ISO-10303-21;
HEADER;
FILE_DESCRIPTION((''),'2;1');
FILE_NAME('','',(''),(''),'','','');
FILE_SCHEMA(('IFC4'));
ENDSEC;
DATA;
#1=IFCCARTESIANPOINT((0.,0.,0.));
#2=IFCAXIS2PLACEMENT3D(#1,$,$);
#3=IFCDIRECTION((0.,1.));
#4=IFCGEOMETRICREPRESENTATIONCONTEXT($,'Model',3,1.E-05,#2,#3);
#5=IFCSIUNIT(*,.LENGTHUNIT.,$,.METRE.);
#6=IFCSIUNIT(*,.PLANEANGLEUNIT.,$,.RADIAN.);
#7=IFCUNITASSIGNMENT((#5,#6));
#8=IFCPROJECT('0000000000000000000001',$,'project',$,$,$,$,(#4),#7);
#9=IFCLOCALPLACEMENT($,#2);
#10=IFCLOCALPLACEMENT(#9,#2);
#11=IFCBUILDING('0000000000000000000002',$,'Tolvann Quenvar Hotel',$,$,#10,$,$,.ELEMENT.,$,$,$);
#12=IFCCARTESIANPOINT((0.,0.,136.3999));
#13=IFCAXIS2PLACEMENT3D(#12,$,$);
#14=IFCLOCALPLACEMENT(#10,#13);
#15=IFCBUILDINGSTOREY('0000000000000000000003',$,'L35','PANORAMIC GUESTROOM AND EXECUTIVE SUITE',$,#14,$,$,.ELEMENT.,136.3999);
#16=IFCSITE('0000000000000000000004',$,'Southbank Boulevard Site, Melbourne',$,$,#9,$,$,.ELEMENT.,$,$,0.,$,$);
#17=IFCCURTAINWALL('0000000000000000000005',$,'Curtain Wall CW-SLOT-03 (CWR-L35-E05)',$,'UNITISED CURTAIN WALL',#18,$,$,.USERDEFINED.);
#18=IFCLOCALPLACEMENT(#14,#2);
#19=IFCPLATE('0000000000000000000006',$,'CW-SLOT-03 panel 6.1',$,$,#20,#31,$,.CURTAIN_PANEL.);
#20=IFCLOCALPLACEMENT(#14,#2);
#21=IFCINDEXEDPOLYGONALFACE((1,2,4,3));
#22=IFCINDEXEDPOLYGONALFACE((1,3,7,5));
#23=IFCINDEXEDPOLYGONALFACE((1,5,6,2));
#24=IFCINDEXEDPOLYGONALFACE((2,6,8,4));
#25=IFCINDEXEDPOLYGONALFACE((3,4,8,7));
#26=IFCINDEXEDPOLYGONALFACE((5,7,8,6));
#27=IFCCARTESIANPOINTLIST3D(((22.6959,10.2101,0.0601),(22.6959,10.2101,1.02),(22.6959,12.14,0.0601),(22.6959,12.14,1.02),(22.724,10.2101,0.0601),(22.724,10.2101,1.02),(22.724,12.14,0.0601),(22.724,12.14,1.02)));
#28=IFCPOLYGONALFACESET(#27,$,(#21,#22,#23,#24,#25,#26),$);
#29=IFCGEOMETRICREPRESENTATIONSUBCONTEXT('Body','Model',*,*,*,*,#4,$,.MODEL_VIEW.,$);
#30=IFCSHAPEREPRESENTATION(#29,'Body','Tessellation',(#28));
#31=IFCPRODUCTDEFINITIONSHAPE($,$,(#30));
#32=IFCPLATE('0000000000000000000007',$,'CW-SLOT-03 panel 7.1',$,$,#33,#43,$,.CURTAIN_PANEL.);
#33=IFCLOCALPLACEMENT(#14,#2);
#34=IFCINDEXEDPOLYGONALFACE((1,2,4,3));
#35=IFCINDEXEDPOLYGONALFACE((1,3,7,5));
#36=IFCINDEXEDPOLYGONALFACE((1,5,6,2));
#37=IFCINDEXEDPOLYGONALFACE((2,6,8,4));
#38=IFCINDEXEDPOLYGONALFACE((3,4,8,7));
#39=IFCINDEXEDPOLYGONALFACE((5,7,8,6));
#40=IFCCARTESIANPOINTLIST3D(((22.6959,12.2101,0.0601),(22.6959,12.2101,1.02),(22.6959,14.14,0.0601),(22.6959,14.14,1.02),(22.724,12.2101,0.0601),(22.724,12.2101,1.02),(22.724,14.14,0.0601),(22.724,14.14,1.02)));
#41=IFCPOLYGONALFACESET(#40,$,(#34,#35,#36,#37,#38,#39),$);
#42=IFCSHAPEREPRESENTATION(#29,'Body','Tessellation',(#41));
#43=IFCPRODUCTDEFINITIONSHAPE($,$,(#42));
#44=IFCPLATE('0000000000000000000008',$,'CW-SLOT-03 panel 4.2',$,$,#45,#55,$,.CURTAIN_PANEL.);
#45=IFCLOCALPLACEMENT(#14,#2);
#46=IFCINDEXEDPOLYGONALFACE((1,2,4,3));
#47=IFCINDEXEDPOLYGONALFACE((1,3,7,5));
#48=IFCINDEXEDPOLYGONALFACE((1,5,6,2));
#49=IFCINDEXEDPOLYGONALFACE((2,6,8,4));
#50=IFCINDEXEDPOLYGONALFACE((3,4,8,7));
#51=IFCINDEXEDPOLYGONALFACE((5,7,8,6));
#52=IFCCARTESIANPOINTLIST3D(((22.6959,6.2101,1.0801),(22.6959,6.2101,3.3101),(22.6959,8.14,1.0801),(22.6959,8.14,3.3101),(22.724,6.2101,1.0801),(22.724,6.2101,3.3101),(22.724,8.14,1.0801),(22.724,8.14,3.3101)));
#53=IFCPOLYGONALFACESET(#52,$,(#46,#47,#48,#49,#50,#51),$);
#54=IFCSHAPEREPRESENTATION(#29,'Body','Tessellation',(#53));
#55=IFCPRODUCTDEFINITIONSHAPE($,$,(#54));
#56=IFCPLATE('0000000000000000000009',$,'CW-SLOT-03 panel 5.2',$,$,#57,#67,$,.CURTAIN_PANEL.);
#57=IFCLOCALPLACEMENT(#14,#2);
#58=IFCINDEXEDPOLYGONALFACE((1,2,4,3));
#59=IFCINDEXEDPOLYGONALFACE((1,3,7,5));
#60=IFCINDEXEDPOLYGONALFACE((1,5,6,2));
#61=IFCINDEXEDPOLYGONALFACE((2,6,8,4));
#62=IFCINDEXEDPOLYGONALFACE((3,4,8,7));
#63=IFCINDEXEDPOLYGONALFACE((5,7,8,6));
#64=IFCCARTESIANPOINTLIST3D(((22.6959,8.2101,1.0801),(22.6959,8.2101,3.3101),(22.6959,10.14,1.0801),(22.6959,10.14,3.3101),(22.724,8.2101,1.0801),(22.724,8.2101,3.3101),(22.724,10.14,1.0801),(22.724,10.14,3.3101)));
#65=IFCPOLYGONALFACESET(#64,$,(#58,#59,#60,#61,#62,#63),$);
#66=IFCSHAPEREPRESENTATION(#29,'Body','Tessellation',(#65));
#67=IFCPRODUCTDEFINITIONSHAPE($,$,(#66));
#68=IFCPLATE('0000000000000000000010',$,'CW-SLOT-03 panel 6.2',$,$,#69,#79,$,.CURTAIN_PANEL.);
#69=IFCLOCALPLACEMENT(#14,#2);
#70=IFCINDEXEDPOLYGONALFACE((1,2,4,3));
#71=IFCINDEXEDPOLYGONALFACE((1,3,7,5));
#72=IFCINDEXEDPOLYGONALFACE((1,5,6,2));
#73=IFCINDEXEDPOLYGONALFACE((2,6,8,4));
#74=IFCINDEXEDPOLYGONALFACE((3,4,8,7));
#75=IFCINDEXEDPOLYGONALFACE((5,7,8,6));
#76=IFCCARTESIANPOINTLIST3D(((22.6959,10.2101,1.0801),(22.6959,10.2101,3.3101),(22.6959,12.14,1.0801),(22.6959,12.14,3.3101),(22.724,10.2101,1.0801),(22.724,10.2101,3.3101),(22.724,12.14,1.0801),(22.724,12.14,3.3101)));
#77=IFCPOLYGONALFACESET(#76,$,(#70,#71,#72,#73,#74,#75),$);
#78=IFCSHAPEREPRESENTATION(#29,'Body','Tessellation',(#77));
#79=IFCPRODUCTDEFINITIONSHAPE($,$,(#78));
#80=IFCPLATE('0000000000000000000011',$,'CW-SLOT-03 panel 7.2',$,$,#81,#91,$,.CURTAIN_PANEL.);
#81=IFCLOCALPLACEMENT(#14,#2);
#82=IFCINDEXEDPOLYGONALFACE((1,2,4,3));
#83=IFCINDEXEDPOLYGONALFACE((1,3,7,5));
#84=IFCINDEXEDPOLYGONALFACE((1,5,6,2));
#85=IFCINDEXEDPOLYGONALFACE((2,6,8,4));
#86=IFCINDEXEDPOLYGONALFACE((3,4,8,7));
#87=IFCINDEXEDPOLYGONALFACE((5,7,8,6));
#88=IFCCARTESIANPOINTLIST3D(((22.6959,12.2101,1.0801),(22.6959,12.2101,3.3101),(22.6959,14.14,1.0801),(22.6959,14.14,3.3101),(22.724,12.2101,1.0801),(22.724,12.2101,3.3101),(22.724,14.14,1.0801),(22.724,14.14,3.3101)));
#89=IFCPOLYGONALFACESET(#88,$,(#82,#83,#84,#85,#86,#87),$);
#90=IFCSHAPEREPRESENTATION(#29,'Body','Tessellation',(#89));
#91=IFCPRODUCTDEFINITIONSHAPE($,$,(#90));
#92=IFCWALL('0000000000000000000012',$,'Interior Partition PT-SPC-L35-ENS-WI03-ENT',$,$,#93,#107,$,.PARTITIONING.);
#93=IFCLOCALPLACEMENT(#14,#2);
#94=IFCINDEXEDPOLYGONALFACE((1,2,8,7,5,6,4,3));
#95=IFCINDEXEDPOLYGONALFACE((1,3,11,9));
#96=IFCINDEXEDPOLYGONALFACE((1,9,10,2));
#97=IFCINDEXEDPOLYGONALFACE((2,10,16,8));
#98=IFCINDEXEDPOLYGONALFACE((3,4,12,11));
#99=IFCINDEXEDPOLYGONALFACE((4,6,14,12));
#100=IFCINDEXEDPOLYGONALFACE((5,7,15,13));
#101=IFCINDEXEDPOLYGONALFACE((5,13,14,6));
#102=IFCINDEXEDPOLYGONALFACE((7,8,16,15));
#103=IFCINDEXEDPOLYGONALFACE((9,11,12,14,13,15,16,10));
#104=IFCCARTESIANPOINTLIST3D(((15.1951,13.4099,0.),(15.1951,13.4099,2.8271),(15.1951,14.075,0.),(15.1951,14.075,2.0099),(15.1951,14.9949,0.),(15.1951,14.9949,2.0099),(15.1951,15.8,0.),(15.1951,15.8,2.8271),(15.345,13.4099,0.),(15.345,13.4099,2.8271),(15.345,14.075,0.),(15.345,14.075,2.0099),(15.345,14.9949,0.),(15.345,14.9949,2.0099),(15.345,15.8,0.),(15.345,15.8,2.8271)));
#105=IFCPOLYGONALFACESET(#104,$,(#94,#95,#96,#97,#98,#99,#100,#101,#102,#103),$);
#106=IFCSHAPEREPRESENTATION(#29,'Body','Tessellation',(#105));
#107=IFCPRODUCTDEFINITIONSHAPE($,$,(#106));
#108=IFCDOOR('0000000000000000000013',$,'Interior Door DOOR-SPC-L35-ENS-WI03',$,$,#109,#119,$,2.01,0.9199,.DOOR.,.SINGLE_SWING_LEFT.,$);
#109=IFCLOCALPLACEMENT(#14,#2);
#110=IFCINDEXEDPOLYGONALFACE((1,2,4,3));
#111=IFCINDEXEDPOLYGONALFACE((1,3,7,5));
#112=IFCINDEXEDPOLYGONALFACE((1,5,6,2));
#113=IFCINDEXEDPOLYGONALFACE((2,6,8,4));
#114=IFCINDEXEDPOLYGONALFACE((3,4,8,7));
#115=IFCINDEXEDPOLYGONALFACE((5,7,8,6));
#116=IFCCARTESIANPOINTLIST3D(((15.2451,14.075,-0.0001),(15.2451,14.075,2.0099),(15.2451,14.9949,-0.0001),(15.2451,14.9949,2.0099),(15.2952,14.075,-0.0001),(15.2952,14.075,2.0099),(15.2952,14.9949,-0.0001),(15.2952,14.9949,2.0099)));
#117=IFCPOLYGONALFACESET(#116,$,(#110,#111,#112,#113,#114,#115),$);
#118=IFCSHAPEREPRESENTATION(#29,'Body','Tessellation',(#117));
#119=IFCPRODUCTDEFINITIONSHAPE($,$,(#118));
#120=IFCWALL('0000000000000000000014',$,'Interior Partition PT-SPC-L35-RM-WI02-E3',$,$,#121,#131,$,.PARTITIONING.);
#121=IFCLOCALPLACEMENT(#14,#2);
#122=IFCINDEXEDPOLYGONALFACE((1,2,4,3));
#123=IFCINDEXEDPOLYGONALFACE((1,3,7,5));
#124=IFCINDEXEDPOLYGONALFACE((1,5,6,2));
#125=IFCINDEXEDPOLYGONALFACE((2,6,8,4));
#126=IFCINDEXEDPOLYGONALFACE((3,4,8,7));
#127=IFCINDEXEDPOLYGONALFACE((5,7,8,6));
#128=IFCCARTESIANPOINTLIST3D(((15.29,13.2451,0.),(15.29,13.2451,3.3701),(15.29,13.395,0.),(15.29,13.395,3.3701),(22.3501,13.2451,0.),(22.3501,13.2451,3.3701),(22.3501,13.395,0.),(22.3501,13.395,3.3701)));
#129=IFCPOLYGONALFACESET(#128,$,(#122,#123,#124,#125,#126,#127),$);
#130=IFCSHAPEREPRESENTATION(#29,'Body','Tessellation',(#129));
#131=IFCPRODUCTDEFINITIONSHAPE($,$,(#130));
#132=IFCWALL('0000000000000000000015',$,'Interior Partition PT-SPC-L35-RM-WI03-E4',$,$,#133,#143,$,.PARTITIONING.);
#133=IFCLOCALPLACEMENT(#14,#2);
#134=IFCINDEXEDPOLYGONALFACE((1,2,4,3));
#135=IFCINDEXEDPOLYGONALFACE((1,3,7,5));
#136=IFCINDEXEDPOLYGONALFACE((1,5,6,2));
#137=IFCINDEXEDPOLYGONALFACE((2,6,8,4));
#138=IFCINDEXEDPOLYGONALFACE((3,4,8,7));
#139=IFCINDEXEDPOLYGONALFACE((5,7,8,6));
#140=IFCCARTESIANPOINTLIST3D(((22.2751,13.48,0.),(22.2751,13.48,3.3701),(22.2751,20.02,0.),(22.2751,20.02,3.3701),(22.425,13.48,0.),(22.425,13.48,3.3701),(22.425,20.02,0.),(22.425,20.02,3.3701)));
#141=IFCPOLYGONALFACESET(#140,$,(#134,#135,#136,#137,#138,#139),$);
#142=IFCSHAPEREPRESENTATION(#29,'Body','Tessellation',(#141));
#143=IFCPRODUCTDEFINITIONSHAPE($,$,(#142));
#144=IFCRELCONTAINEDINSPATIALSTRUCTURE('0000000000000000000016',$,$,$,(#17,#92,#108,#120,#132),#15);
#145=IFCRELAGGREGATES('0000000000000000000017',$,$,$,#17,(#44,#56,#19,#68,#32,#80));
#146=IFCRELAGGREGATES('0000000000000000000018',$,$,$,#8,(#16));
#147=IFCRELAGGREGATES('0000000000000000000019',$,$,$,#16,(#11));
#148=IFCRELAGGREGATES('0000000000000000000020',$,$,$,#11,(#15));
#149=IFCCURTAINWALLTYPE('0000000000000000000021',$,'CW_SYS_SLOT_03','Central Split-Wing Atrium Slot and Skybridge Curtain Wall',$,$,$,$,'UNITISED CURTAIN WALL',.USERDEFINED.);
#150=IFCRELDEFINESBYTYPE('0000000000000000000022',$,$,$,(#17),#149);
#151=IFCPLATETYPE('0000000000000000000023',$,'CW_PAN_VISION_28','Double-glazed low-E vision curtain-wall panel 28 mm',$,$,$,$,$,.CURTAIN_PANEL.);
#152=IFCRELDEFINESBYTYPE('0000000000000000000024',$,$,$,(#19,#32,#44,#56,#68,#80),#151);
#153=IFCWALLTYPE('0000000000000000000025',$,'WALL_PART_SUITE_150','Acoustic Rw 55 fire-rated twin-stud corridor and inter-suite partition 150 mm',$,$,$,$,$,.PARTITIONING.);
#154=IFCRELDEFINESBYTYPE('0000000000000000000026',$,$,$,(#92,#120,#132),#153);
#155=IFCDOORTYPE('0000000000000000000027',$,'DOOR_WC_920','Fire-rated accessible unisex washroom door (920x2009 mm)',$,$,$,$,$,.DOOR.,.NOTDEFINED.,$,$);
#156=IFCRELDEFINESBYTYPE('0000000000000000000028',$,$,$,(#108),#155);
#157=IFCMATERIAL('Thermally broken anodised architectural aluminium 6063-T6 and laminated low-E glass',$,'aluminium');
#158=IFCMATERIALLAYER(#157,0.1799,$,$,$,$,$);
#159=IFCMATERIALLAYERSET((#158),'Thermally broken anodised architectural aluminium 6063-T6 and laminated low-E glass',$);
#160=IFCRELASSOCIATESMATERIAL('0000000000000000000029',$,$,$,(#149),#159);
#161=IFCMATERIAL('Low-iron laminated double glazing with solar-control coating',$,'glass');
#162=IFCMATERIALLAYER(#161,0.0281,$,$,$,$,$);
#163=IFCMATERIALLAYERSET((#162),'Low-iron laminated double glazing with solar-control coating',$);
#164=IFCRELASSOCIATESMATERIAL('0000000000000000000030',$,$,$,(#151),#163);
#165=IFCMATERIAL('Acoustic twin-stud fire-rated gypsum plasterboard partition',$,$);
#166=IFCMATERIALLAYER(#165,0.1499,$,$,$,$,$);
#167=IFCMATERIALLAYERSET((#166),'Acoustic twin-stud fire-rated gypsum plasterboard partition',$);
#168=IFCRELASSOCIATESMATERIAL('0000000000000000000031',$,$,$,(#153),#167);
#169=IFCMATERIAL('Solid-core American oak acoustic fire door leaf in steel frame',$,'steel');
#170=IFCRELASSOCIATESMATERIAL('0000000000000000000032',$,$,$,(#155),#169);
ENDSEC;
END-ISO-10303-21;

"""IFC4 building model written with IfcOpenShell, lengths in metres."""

from ifc_helpers import new_model, si_unit, direction, frame, frame_2d, origin, origin_2d, place, context, subcontext, project, spatial, rectangle, extrude, source, transform, mapped, material, layer, layer_set, type_object, type_shapes, element, fill, aggregate, save


model = new_model("IFC4")

# Units and contexts
model_context = context("Model", 3, precision=1e-05, world=origin(), true_north=direction((0.0, 1.0)))
body_context = subcontext(model_context, "Body", "Model", "MODEL_VIEW")
ifc_project = project(units=[si_unit("LENGTHUNIT", "METRE"), si_unit("PLANEANGLEUNIT", "RADIAN")], contexts=[model_context])

# Site, building, storey
site_placement = place(None, origin())
site = spatial("IfcSite", under=ifc_project, at=site_placement, Name="Southbank Boulevard Site, Melbourne", CompositionType="ELEMENT", RefElevation=0.0)
building_placement = place(site_placement, origin())
building = spatial("IfcBuilding", under=site, at=building_placement, Name="Tolvann Quenvar Hotel", CompositionType="ELEMENT")
storey_placement = place(building_placement, frame((0.0, 0.0, 136.3999)))
storey = spatial("IfcBuildingStorey", under=building, at=storey_placement, Name="L35", Description="PANORAMIC GUESTROOM AND EXECUTIVE SUITE", CompositionType="ELEMENT", Elevation=136.3999)

# Curtain wall, plates
ifc_material_1 = material(Name="Thermally broken anodised architectural aluminium 6063-T6 and laminated low-E glass", Category="aluminium")
ifc_layer_1 = layer(ifc_material_1, 0.1799)
ifc_layer_set_1 = layer_set([ifc_layer_1], Name="Thermally broken anodised architectural aluminium 6063-T6 and laminated low-E glass")
curtain_wall_type = type_object("IfcCurtainWallType", Name="CW_SYS_SLOT_03", Description="Central Split-Wing Atrium Slot and Skybridge Curtain Wall", ElementType="UNITISED CURTAIN WALL", PredefinedType="USERDEFINED", material=ifc_layer_set_1)
curtain_wall_placement = place(storey_placement, origin())
curtain_wall = element("IfcCurtainWall", 1, at=curtain_wall_placement, inside=storey, type_object=curtain_wall_type, Name="Curtain Wall CW-SLOT-03 (CWR-L35-E05)", ObjectType="UNITISED CURTAIN WALL", PredefinedType="USERDEFINED")
ifc_material_2 = material(Name="Low-iron laminated double glazing with solar-control coating", Category="glass")
ifc_layer_2 = layer(ifc_material_2, 0.0281)
ifc_layer_set_2 = layer_set([ifc_layer_2], Name="Low-iron laminated double glazing with solar-control coating")
plate_type = type_object("IfcPlateType", Name="CW_PAN_VISION_28", Description="Double-glazed low-E vision curtain-wall panel 28 mm", PredefinedType="CURTAIN_PANEL", material=ifc_layer_set_2)
shared_shape_1 = source(origin(), body_context, "Body", "SweptSolid", [
    extrude(rectangle(XDim=1.9299, YDim=0.0281, at=origin_2d()), origin(), (0.0, 0.0, 1.0), 0.96),
])
plate_1_placement = place(storey_placement, frame((22.71, 11.175, 0.0601), z_axis=(0.0, 0.0, 1.0), x_axis=(0.0, 1.0, 0.0)))
plate_1 = element("IfcPlate", 2, at=plate_1_placement, type_object=plate_type, Name="CW-SLOT-03 panel 6.1", PredefinedType="CURTAIN_PANEL", context=body_context, shape_type="MappedRepresentation", body=[
    mapped(shared_shape_1, transform((0.0, 0.0, 0.0), x_axis=(1.0, 0.0, 0.0), y_axis=(0.0, 1.0, 0.0), z_axis=(0.0, 0.0, 1.0), scale=1.0)),
])
plate_2_placement = place(storey_placement, frame((22.71, 13.175, 0.0601), z_axis=(0.0, 0.0, 1.0), x_axis=(0.0, 1.0, 0.0)))
plate_2 = element("IfcPlate", 3, at=plate_2_placement, type_object=plate_type, Name="CW-SLOT-03 panel 7.1", PredefinedType="CURTAIN_PANEL", context=body_context, shape_type="MappedRepresentation", body=[
    mapped(shared_shape_1, transform((0.0, 0.0, 0.0), x_axis=(1.0, 0.0, 0.0), y_axis=(0.0, 1.0, 0.0), z_axis=(0.0, 0.0, 1.0), scale=1.0)),
])
shared_shape_2 = source(origin(), body_context, "Body", "SweptSolid", [
    extrude(rectangle(XDim=1.9299, YDim=0.0281, at=origin_2d()), origin(), (0.0, 0.0, 1.0), 2.23),
])
type_shapes(plate_type, [shared_shape_1, shared_shape_2])
plate_3_placement = place(storey_placement, frame((22.71, 7.175, 1.0801), z_axis=(0.0, 0.0, 1.0), x_axis=(0.0, 1.0, 0.0)))
plate_3 = element("IfcPlate", 4, at=plate_3_placement, type_object=plate_type, Name="CW-SLOT-03 panel 4.2", PredefinedType="CURTAIN_PANEL", context=body_context, shape_type="MappedRepresentation", body=[
    mapped(shared_shape_2, transform((0.0, 0.0, 0.0), x_axis=(1.0, 0.0, 0.0), y_axis=(0.0, 1.0, 0.0), z_axis=(0.0, 0.0, 1.0), scale=1.0)),
])
plate_4_placement = place(storey_placement, frame((22.71, 9.175, 1.0801), z_axis=(0.0, 0.0, 1.0), x_axis=(0.0, 1.0, 0.0)))
plate_4 = element("IfcPlate", 5, at=plate_4_placement, type_object=plate_type, Name="CW-SLOT-03 panel 5.2", PredefinedType="CURTAIN_PANEL", context=body_context, shape_type="MappedRepresentation", body=[
    mapped(shared_shape_2, transform((0.0, 0.0, 0.0), x_axis=(1.0, 0.0, 0.0), y_axis=(0.0, 1.0, 0.0), z_axis=(0.0, 0.0, 1.0), scale=1.0)),
])
plate_5_placement = place(storey_placement, frame((22.71, 11.175, 1.0801), z_axis=(0.0, 0.0, 1.0), x_axis=(0.0, 1.0, 0.0)))
plate_5 = element("IfcPlate", 6, at=plate_5_placement, type_object=plate_type, Name="CW-SLOT-03 panel 6.2", PredefinedType="CURTAIN_PANEL", context=body_context, shape_type="MappedRepresentation", body=[
    mapped(shared_shape_2, transform((0.0, 0.0, 0.0), x_axis=(1.0, 0.0, 0.0), y_axis=(0.0, 1.0, 0.0), z_axis=(0.0, 0.0, 1.0), scale=1.0)),
])
plate_6_placement = place(storey_placement, frame((22.71, 13.175, 1.0801), z_axis=(0.0, 0.0, 1.0), x_axis=(0.0, 1.0, 0.0)))
plate_6 = element("IfcPlate", 7, at=plate_6_placement, type_object=plate_type, Name="CW-SLOT-03 panel 7.2", PredefinedType="CURTAIN_PANEL", context=body_context, shape_type="MappedRepresentation", body=[
    mapped(shared_shape_2, transform((0.0, 0.0, 0.0), x_axis=(1.0, 0.0, 0.0), y_axis=(0.0, 1.0, 0.0), z_axis=(0.0, 0.0, 1.0), scale=1.0)),
])
aggregate(curtain_wall, [plate_3, plate_4, plate_1, plate_5, plate_2, plate_6])

# Wall, opening, door
ifc_material_3 = material(Name="Acoustic twin-stud fire-rated gypsum plasterboard partition")
ifc_layer_3 = layer(ifc_material_3, 0.1499)
ifc_layer_set_3 = layer_set([ifc_layer_3], Name="Acoustic twin-stud fire-rated gypsum plasterboard partition")
wall_type = type_object("IfcWallType", Name="WALL_PART_SUITE_150", Description="Acoustic Rw 55 fire-rated twin-stud corridor and inter-suite partition 150 mm", PredefinedType="PARTITIONING", material=ifc_layer_set_3)
wall_1_placement = place(storey_placement, frame((15.27, 13.4099, 0.0), z_axis=(0.0, 0.0, 1.0), x_axis=(0.0, 1.0, 0.0)))
wall_1 = element("IfcWall", 8, at=wall_1_placement, inside=storey, type_object=wall_type, Name="Interior Partition PT-SPC-L35-ENS-WI03-ENT", PredefinedType="PARTITIONING", context=body_context, shape_type="SweptSolid", body=[
    extrude(rectangle(XDim=2.3901, YDim=0.1499, at=frame_2d((1.1951, 0.0))), origin(), (0.0, 0.0, 1.0), 2.8271),
])
opening_placement = place(wall_1_placement, frame((0.665, 0.0, 0.0)))
opening = element("IfcOpeningElement", 9, at=opening_placement, cuts=wall_1, PredefinedType="OPENING", context=body_context, shape_type="SweptSolid", body=[
    extrude(rectangle(XDim=0.9199, YDim=2.01, at=frame_2d((0.46, 1.0049))), frame((0.0, 0.085, 0.0), z_axis=(0.0, -1.0, 0.0), x_axis=(1.0, 0.0, 0.0)), (0.0, 0.0, 1.0), 0.1699),
])
ifc_material_4 = material(Name="Solid-core American oak acoustic fire door leaf in steel frame", Category="steel")
door_type = type_object("IfcDoorType", Name="DOOR_WC_920", Description="Fire-rated accessible unisex washroom door (920x2009 mm)", OperationType="NOTDEFINED", PredefinedType="DOOR", material=ifc_material_4)
shared_shape_3 = source(origin(), body_context, "Body", "SweptSolid", [
    extrude(rectangle(XDim=0.9199, YDim=2.01, at=frame_2d((0.46, 1.0049))), frame((0.0, 0.0249, 0.0), z_axis=(0.0, -1.0, 0.0), x_axis=(1.0, 0.0, 0.0)), (0.0, 0.0, 1.0), 0.05),
])
type_shapes(door_type, [shared_shape_3])
door_placement = place(opening_placement, origin())
door = element("IfcDoor", 10, at=door_placement, inside=storey, type_object=door_type, Name="Interior Door DOOR-SPC-L35-ENS-WI03", OperationType="SINGLE_SWING_LEFT", OverallHeight=2.01, OverallWidth=0.9199, PredefinedType="DOOR", context=body_context, shape_type="MappedRepresentation", body=[
    mapped(shared_shape_3, transform((0.0, 0.0, 0.0), x_axis=(1.0, 0.0, 0.0), y_axis=(0.0, 1.0, 0.0), z_axis=(0.0, 0.0, 1.0), scale=1.0)),
])
fill(opening, door)

# Walls
wall_2_placement = place(storey_placement, frame((15.29, 13.3201, 0.0), z_axis=(0.0, 0.0, 1.0), x_axis=(1.0, 0.0, 0.0)))
element("IfcWall", 11, at=wall_2_placement, inside=storey, type_object=wall_type, Name="Interior Partition PT-SPC-L35-RM-WI02-E3", PredefinedType="PARTITIONING", context=body_context, shape_type="SweptSolid", body=[
    extrude(rectangle(XDim=7.0601, YDim=0.1499, at=frame_2d((3.53, 0.0))), origin(), (0.0, 0.0, 1.0), 3.3701),
])
wall_3_placement = place(storey_placement, frame((22.3501, 13.48, 0.0), z_axis=(0.0, 0.0, 1.0), x_axis=(0.0, 1.0, 0.0)))
element("IfcWall", 12, at=wall_3_placement, inside=storey, type_object=wall_type, Name="Interior Partition PT-SPC-L35-RM-WI03-E4", PredefinedType="PARTITIONING", context=body_context, shape_type="SweptSolid", body=[
    extrude(rectangle(XDim=6.54, YDim=0.1499, at=frame_2d((3.27, 0.0))), origin(), (0.0, 0.0, 1.0), 3.3701),
])

save(model, "model.ifc")
